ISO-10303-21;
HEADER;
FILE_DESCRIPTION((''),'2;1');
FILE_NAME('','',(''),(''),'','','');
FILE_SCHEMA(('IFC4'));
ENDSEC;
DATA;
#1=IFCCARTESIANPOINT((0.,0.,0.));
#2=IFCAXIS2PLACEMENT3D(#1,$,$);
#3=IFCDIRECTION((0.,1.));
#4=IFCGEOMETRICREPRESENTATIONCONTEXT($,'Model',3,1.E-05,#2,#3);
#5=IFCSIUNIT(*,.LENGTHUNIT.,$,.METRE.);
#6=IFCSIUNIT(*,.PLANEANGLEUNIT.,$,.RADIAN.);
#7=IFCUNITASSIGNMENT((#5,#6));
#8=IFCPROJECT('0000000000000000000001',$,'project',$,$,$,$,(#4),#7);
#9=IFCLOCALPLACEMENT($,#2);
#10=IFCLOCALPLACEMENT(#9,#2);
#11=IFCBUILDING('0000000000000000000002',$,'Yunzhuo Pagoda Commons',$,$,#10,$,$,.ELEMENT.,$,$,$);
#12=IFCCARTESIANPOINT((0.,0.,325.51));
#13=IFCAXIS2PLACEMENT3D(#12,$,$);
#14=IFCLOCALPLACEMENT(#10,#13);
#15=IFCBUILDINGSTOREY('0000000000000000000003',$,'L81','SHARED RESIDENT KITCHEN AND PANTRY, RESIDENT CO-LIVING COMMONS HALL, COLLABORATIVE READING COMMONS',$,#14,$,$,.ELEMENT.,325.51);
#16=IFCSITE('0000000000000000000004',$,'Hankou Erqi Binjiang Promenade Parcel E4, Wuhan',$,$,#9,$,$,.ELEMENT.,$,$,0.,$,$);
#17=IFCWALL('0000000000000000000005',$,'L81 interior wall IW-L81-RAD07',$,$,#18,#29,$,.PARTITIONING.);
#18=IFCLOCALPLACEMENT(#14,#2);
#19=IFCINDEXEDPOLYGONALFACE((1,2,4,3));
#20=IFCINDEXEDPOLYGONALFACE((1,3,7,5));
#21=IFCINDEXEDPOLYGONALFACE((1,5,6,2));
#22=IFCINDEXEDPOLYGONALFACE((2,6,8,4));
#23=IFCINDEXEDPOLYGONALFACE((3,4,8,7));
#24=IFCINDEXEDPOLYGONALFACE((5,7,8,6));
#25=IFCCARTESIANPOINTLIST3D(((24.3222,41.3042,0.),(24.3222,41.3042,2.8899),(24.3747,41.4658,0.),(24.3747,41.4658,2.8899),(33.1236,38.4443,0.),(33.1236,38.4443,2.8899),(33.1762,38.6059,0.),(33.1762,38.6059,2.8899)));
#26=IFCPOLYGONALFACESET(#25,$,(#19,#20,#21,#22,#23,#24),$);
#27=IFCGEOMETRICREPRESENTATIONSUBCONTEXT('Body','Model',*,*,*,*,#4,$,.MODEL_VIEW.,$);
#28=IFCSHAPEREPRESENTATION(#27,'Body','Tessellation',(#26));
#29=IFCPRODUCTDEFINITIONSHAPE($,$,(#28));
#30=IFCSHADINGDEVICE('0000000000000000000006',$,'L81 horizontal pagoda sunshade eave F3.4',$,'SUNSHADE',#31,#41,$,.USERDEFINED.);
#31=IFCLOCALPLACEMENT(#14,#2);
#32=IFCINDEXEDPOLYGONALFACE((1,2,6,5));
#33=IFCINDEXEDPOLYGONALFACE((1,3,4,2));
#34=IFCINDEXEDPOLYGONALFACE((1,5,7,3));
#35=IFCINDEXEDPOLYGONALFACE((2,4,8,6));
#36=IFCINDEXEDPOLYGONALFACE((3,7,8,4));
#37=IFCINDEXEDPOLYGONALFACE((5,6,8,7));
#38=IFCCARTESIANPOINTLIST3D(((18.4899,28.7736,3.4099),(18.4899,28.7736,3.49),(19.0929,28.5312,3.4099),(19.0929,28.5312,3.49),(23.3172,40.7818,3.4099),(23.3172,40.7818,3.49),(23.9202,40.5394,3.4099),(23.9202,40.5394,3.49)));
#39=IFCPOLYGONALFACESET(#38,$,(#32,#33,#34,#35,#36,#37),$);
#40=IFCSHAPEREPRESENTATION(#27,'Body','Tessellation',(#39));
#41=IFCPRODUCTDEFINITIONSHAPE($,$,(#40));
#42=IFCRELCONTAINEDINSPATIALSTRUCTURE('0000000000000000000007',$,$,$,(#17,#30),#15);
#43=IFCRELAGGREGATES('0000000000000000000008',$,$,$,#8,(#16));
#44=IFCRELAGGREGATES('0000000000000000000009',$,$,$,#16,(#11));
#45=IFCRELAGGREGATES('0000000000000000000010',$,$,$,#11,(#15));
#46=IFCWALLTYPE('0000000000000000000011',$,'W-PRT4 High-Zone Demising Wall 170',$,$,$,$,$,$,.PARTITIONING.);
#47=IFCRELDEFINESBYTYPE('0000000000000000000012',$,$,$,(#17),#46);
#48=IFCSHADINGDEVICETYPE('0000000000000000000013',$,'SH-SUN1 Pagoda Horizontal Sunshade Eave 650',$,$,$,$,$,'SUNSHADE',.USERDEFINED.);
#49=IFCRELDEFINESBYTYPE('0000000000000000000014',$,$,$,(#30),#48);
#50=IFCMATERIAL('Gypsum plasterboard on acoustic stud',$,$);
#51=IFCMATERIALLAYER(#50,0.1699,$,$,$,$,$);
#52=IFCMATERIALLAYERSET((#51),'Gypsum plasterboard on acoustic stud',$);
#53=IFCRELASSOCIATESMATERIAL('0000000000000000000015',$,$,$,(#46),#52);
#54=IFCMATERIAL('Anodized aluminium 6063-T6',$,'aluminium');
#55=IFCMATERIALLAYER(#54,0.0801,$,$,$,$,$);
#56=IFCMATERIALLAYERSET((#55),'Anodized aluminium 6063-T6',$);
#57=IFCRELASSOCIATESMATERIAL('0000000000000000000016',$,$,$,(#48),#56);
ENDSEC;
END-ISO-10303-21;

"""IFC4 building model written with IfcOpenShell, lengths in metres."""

from ifc_helpers import new_model, si_unit, direction, frame, frame_2d, origin, origin_2d, place, context, subcontext, project, spatial, rectangle, extrude, source, transform, mapped, material, layer, layer_set, type_object, element, save


model = new_model("IFC4")

# Units and contexts
model_context = context("Model", 3, precision=1e-05, world=origin(), true_north=direction((0.0, 1.0)))
body_context = subcontext(model_context, "Body", "Model", "MODEL_VIEW")
ifc_project = project(units=[si_unit("LENGTHUNIT", "METRE"), si_unit("PLANEANGLEUNIT", "RADIAN")], contexts=[model_context])

# Site, building, storey
site_placement = place(None, origin())
site = spatial("IfcSite", under=ifc_project, at=site_placement, Name="Hankou Erqi Binjiang Promenade Parcel E4, Wuhan", CompositionType="ELEMENT", RefElevation=0.0)
building_placement = place(site_placement, origin())
building = spatial("IfcBuilding", under=site, at=building_placement, Name="Yunzhuo Pagoda Commons", CompositionType="ELEMENT")
storey_placement = place(building_placement, frame((0.0, 0.0, 325.51)))
storey = spatial("IfcBuildingStorey", under=building, at=storey_placement, Name="L81", Description="SHARED RESIDENT KITCHEN AND PANTRY, RESIDENT CO-LIVING COMMONS HALL, COLLABORATIVE READING COMMONS", CompositionType="ELEMENT", Elevation=325.51)

# Shared definitions
ifc_material_1 = material(Name="Anodized aluminium 6063-T6", Category="aluminium")

# Shared definitions
ifc_material_2 = material(Name="Gypsum plasterboard on acoustic stud")

# Wall
ifc_layer_1 = layer(ifc_material_2, 0.1699)
ifc_layer_set_1 = layer_set([ifc_layer_1], Name="Gypsum plasterboard on acoustic stud")
wall_type_1 = type_object("IfcWallType", Name="W-PRT4 High-Zone Demising Wall 170", PredefinedType="PARTITIONING", material=ifc_layer_set_1)
wall_1_placement = place(storey_placement, frame((33.1499, 38.5251, 0.0), z_axis=(0.0, 0.0, 1.0), x_axis=(-0.951054, 0.309025, 0.0)))
element("IfcWall", 1, at=wall_1_placement, inside=storey, type_object=wall_type_1, Name="L81 interior wall IW-L81-RAD07", PredefinedType="PARTITIONING", context=body_context, shape_type="SweptSolid", body=[
    extrude(rectangle(XDim=9.2544, YDim=0.1699, at=frame_2d((4.6272, 0.0))), origin(), (0.0, 0.0, 1.0), 2.8899),
])

# Shading device
ifc_layer_2 = layer(ifc_material_1, 0.0801)
ifc_layer_set_2 = layer_set([ifc_layer_2], Name="Anodized aluminium 6063-T6")
shading_device_type = type_object("IfcShadingDeviceType", Name="SH-SUN1 Pagoda Horizontal Sunshade Eave 650", ElementType="SUNSHADE", PredefinedType="USERDEFINED", material=ifc_layer_set_2)
shared_shape_1 = source(origin(), body_context, "Body", "SweptSolid", [
    extrude(rectangle(XDim=12.9421, YDim=0.6499, at=origin_2d()), origin(), (0.0, 0.0, 1.0), 0.0801),
])
shading_device_placement = place(storey_placement, frame((21.2051, 34.6565, 3.4099), z_axis=(0.0, 0.0, 1.0), x_axis=(-0.372988, -0.927836, 0.0)))
element("IfcShadingDevice", 2, at=shading_device_placement, inside=storey, type_object=shading_device_type, Name="L81 horizontal pagoda sunshade eave F3.4", ObjectType="SUNSHADE", PredefinedType="USERDEFINED", context=body_context, shape_type="MappedRepresentation", body=[
    mapped(shared_shape_1, transform((0.0, 0.0, 0.0), scale=1.0)),
])

save(model, "model.ifc")
